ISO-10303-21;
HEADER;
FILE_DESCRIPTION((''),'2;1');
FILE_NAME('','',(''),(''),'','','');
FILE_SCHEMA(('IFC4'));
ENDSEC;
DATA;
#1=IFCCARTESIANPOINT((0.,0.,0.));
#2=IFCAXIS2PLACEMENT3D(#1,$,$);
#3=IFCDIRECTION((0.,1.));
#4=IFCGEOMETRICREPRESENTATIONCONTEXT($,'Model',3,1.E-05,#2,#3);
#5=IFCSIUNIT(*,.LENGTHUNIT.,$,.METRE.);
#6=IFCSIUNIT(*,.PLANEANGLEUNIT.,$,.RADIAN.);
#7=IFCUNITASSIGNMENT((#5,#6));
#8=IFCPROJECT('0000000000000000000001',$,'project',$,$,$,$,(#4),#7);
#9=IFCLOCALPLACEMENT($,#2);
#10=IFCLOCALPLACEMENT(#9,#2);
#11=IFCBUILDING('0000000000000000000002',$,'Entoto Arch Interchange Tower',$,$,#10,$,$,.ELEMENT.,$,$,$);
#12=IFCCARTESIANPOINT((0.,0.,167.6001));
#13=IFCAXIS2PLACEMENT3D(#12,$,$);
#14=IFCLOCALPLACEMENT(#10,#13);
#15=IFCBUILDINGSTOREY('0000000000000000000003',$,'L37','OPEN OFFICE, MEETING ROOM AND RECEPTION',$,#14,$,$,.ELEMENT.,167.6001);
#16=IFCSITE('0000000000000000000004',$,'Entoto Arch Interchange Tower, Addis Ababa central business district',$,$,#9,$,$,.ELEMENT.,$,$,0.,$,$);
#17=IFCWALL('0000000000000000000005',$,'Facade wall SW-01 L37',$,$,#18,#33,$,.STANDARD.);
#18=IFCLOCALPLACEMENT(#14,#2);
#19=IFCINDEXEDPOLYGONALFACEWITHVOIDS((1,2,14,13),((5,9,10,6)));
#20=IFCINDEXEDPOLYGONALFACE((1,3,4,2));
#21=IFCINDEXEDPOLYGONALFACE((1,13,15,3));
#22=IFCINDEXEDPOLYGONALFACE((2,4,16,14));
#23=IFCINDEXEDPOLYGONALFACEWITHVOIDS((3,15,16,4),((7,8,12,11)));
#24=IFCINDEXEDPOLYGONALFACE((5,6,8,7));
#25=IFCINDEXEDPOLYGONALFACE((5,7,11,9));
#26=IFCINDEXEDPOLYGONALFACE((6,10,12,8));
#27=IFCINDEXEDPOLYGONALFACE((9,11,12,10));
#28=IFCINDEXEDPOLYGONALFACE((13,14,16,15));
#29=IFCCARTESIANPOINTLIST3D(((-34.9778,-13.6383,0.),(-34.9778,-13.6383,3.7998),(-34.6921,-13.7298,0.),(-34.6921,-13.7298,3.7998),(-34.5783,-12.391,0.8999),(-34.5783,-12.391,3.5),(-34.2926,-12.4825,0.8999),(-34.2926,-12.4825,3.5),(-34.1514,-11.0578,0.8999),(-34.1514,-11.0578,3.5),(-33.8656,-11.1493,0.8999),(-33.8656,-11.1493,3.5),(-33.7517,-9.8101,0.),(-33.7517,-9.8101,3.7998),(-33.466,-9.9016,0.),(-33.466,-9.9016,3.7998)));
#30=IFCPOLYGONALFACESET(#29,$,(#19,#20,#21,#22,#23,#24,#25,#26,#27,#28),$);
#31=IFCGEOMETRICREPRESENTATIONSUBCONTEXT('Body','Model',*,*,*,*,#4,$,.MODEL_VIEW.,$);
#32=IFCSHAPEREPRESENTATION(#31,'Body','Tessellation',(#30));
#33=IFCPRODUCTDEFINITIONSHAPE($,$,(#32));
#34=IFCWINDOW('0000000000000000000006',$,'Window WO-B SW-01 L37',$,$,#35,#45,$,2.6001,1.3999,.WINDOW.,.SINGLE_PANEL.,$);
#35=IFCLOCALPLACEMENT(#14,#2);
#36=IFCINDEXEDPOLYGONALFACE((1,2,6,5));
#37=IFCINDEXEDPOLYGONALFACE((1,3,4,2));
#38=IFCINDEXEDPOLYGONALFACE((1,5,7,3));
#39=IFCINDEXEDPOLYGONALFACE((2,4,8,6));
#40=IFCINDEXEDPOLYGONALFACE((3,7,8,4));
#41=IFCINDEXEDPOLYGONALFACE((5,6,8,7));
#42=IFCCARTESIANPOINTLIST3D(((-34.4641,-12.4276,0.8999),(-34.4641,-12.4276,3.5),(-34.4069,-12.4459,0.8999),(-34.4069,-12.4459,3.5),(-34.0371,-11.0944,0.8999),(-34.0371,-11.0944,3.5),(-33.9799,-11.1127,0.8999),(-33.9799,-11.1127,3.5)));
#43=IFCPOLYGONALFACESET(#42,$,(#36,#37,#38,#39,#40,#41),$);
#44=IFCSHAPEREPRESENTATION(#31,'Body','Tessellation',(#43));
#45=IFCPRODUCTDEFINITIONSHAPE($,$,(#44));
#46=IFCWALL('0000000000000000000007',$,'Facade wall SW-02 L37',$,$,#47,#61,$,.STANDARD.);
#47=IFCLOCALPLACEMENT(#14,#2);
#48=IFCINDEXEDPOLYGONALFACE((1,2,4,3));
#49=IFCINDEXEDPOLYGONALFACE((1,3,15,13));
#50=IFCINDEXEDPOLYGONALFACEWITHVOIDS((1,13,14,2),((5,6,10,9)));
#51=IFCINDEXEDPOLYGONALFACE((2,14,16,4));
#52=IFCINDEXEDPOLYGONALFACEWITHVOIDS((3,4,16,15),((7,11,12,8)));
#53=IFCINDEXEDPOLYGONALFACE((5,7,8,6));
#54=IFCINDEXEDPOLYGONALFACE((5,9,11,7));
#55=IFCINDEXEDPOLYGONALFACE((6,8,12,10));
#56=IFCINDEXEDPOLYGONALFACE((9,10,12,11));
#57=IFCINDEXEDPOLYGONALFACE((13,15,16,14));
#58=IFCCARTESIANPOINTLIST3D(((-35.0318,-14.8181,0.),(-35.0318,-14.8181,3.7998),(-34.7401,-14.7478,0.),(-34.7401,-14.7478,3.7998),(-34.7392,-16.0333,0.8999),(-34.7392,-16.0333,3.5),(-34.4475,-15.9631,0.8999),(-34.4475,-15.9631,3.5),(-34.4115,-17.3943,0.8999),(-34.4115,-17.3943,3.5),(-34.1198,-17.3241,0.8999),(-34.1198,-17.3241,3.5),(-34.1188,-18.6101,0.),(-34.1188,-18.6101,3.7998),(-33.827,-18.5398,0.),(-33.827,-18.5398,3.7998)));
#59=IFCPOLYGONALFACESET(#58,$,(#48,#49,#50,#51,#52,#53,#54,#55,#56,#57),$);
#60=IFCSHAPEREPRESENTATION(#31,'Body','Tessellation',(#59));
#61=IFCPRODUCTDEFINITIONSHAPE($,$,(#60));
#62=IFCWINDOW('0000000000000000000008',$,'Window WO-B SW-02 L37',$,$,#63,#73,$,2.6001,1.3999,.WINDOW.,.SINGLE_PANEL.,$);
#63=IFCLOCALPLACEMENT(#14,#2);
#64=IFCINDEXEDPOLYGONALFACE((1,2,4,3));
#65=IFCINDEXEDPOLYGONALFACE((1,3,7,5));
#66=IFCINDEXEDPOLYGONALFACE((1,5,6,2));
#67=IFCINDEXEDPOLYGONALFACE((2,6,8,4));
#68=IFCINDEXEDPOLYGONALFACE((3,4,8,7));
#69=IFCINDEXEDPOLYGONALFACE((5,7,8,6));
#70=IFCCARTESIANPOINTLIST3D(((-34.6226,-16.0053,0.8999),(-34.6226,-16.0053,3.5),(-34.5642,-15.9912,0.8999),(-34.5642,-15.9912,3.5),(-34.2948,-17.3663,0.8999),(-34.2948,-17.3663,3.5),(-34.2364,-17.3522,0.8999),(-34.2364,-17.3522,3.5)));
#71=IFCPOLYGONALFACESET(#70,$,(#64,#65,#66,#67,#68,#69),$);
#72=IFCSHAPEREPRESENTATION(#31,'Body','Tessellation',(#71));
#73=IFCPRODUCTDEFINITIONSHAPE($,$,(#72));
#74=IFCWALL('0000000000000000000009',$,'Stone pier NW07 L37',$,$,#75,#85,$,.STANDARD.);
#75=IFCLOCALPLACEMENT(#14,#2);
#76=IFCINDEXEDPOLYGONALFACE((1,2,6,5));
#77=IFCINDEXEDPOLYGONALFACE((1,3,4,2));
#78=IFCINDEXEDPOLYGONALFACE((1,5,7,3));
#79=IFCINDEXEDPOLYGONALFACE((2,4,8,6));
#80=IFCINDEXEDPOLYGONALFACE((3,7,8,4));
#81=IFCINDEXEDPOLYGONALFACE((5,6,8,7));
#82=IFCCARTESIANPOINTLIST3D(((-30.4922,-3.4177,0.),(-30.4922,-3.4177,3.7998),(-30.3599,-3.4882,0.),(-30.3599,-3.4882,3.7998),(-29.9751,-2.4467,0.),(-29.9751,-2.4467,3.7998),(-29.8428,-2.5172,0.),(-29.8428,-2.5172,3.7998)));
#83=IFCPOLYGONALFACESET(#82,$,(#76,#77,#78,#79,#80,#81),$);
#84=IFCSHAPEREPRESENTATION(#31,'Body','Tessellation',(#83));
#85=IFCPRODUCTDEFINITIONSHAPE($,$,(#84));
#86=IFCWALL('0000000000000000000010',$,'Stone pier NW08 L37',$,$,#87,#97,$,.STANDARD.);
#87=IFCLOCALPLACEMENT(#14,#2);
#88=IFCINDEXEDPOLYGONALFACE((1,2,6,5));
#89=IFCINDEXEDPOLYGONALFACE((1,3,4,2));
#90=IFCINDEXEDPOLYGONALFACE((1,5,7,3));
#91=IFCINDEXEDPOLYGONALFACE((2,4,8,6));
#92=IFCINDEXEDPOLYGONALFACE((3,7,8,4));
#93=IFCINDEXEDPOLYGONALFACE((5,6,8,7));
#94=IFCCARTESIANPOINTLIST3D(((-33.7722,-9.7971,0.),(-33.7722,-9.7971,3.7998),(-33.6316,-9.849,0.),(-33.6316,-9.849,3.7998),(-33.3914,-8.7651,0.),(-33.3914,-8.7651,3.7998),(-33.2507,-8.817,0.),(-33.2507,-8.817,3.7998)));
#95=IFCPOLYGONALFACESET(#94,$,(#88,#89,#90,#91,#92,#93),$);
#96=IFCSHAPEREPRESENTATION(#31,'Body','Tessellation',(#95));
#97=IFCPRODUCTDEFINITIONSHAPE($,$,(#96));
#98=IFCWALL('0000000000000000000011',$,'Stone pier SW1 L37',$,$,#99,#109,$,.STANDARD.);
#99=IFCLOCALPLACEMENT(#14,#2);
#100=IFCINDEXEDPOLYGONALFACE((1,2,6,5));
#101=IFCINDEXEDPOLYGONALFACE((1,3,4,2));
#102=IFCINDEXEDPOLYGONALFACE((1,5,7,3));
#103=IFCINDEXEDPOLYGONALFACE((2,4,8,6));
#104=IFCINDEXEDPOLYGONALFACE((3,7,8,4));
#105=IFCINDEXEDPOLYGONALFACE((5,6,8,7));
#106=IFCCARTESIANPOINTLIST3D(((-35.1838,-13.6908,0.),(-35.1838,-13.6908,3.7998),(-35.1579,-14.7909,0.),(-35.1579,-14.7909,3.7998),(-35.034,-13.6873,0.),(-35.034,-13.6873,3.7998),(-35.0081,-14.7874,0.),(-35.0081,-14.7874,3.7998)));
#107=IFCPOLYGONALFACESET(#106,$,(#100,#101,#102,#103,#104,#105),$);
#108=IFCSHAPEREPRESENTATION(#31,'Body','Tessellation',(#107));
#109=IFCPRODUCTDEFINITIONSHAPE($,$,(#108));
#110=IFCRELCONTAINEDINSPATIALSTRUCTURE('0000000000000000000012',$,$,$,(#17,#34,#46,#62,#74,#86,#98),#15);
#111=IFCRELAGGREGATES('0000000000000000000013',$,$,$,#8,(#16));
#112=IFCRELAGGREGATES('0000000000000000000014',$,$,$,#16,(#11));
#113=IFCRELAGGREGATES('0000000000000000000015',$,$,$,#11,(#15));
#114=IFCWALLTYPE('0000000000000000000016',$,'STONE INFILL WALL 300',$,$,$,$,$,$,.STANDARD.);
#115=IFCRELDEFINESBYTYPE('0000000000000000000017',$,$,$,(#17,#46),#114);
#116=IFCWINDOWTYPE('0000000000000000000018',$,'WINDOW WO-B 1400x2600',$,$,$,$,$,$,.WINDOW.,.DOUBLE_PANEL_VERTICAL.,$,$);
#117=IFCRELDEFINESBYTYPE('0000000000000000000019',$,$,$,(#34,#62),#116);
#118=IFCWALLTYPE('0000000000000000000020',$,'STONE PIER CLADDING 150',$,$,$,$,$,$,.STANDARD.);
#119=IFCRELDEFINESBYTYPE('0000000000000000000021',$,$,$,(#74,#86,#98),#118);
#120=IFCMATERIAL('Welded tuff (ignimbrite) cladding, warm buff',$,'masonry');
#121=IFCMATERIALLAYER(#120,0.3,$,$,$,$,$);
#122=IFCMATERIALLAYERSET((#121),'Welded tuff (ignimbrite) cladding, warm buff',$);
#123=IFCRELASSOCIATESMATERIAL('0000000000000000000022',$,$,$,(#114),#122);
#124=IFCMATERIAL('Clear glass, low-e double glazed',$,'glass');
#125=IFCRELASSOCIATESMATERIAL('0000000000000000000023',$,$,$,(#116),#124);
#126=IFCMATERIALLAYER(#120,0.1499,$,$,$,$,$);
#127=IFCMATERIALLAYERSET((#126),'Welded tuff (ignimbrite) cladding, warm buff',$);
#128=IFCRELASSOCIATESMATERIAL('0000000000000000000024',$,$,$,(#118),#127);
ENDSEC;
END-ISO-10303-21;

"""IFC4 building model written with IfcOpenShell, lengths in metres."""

from ifc_helpers import new_model, si_unit, direction, frame, frame_2d, origin, place, context, subcontext, project, spatial, rectangle, extrude, material, layer, layer_set, type_object, element, fill, save


model = new_model("IFC4")

# Units and contexts
model_context = context("Model", 3, precision=1e-05, world=origin(), true_north=direction((0.0, 1.0)))
body_context = subcontext(model_context, "Body", "Model", "MODEL_VIEW")
ifc_project = project(units=[si_unit("LENGTHUNIT", "METRE"), si_unit("PLANEANGLEUNIT", "RADIAN")], contexts=[model_context])

# Site, building, storey
site_placement = place(None, origin())
site = spatial("IfcSite", under=ifc_project, at=site_placement, Name="Entoto Arch Interchange Tower, Addis Ababa central business district", CompositionType="ELEMENT", RefElevation=0.0)
building_placement = place(site_placement, origin())
building = spatial("IfcBuilding", under=site, at=building_placement, Name="Entoto Arch Interchange Tower", CompositionType="ELEMENT")
storey_placement = place(building_placement, frame((0.0, 0.0, 167.6001)))
storey = spatial("IfcBuildingStorey", under=building, at=storey_placement, Name="L37", Description="OPEN OFFICE, MEETING ROOM AND RECEPTION", CompositionType="ELEMENT", Elevation=167.6001)

# Shared definitions
ifc_material_1 = material(Name="Welded tuff (ignimbrite) cladding, warm buff", Category="masonry")
ifc_layer_1 = layer(ifc_material_1, 0.3)
ifc_layer_set_1 = layer_set([ifc_layer_1], Name="Welded tuff (ignimbrite) cladding, warm buff")
wall_type_1 = type_object("IfcWallType", Name="STONE INFILL WALL 300", PredefinedType="STANDARD", material=ifc_layer_set_1)
ifc_material_2 = material(Name="Clear glass, low-e double glazed", Category="glass")

# Walls, openings, windows
wall_1_placement = place(storey_placement, frame((-33.6089, -9.856, 0.0), z_axis=(0.0, 0.0, 1.0), x_axis=(-0.305018, -0.952347, 0.0)))
wall_1 = element("IfcWall", 1, at=wall_1_placement, inside=storey, type_object=wall_type_1, Name="Facade wall SW-01 L37", PredefinedType="STANDARD", context=body_context, shape_type="SweptSolid", body=[
    extrude(rectangle(XDim=4.0198, YDim=0.3, at=frame_2d((2.0098, 0.0))), origin(), (0.0, 0.0, 1.0), 3.7998),
])
opening_1_placement = place(wall_1_placement, frame((1.3101, 0.0, 0.8999)))
opening_1 = element("IfcOpeningElement", 2, at=opening_1_placement, cuts=wall_1, PredefinedType="OPENING", context=body_context, shape_type="SweptSolid", body=[
    extrude(rectangle(XDim=1.3999, YDim=2.6001, at=frame_2d((0.7, 1.3))), frame((0.0, 0.1602, 0.0), z_axis=(0.0, -1.0, 0.0), x_axis=(1.0, 0.0, 0.0)), (0.0, 0.0, 1.0), 0.3201),
])
window_type_1 = type_object("IfcWindowType", Name="WINDOW WO-B 1400x2600", PartitioningType="DOUBLE_PANEL_VERTICAL", PredefinedType="WINDOW", material=ifc_material_2)
window_1_placement = place(opening_1_placement, origin())
window_1 = element("IfcWindow", 3, at=window_1_placement, inside=storey, type_object=window_type_1, Name="Window WO-B SW-01 L37", OverallHeight=2.6001, OverallWidth=1.3999, PartitioningType="SINGLE_PANEL", PredefinedType="WINDOW", context=body_context, shape_type="SweptSolid", body=[
    extrude(rectangle(XDim=1.3999, YDim=2.6001, at=frame_2d((0.7, 1.3))), frame((0.0, 0.03, 0.0), z_axis=(0.0, -1.0, 0.0), x_axis=(1.0, 0.0, 0.0)), (0.0, 0.0, 1.0), 0.0601),
])
fill(opening_1, window_1)
wall_2_placement = place(storey_placement, frame((-34.886, -14.783, 0.0), z_axis=(0.0, 0.0, 1.0), x_axis=(0.234102, -0.972212, 0.0)))
wall_2 = element("IfcWall", 4, at=wall_2_placement, inside=storey, type_object=wall_type_1, Name="Facade wall SW-02 L37", PredefinedType="STANDARD", context=body_context, shape_type="SweptSolid", body=[
    extrude(rectangle(XDim=3.9004, YDim=0.3, at=frame_2d((1.9502, 0.0))), origin(), (0.0, 0.0, 1.0), 3.7998),
])
opening_2_placement = place(wall_2_placement, frame((1.25, 0.0, 0.8999)))
opening_2 = element("IfcOpeningElement", 5, at=opening_2_placement, cuts=wall_2, PredefinedType="OPENING", context=body_context, shape_type="SweptSolid", body=[
    extrude(rectangle(XDim=1.3999, YDim=2.6001, at=frame_2d((0.7, 1.3))), frame((0.0, 0.1602, 0.0), z_axis=(0.0, -1.0, 0.0), x_axis=(1.0, 0.0, 0.0)), (0.0, 0.0, 1.0), 0.3201),
])
window_2_placement = place(opening_2_placement, origin())
window_2 = element("IfcWindow", 6, at=window_2_placement, inside=storey, type_object=window_type_1, Name="Window WO-B SW-02 L37", OverallHeight=2.6001, OverallWidth=1.3999, PartitioningType="SINGLE_PANEL", PredefinedType="WINDOW", context=body_context, shape_type="SweptSolid", body=[
    extrude(rectangle(XDim=1.3999, YDim=2.6001, at=frame_2d((0.7, 1.3))), frame((0.0, 0.03, 0.0), z_axis=(0.0, -1.0, 0.0), x_axis=(1.0, 0.0, 0.0)), (0.0, 0.0, 1.0), 0.0601),
])
fill(opening_2, window_2)

# Walls
ifc_layer_2 = layer(ifc_material_1, 0.1499)
ifc_layer_set_2 = layer_set([ifc_layer_2], Name="Welded tuff (ignimbrite) cladding, warm buff")
wall_type_2 = type_object("IfcWallType", Name="STONE PIER CLADDING 150", PredefinedType="STANDARD", material=ifc_layer_set_2)
for number, where, z_axis, x_axis, name in (
    (7, (-29.9089, -2.4819, 0.0), (0.0, 0.0, 1.0), (-0.470058, -0.882635, 0.0), "Stone pier NW07 L37"),
    (8, (-33.321, -8.791, 0.0), (0.0, 0.0, 1.0), (-0.34623, -0.93815, 0.0), "Stone pier NW08 L37"),
):
    element("IfcWall", number, at=place(storey_placement, frame(where, z_axis=z_axis, x_axis=x_axis)), inside=storey, type_object=wall_type_2, Name=name, PredefinedType="STANDARD", context=body_context, shape_type="SweptSolid", body=[
        extrude(rectangle(XDim=1.1001, YDim=0.1499, at=frame_2d((0.55, 0.0))), origin(), (0.0, 0.0, 1.0), 3.7998),
    ])
wall_3_placement = place(storey_placement, frame((-35.1089, -13.689, 0.0), z_axis=(0.0, 0.0, 1.0), x_axis=(0.023518, -0.999723, 0.0)))
element("IfcWall", 9, at=wall_3_placement, inside=storey, type_object=wall_type_2, Name="Stone pier SW1 L37", PredefinedType="STANDARD", context=body_context, shape_type="SweptSolid", body=[
    extrude(rectangle(XDim=1.1003, YDim=0.1499, at=frame_2d((0.5503, 0.0))), origin(), (0.0, 0.0, 1.0), 3.7998),
])

save(model, "model.ifc")
